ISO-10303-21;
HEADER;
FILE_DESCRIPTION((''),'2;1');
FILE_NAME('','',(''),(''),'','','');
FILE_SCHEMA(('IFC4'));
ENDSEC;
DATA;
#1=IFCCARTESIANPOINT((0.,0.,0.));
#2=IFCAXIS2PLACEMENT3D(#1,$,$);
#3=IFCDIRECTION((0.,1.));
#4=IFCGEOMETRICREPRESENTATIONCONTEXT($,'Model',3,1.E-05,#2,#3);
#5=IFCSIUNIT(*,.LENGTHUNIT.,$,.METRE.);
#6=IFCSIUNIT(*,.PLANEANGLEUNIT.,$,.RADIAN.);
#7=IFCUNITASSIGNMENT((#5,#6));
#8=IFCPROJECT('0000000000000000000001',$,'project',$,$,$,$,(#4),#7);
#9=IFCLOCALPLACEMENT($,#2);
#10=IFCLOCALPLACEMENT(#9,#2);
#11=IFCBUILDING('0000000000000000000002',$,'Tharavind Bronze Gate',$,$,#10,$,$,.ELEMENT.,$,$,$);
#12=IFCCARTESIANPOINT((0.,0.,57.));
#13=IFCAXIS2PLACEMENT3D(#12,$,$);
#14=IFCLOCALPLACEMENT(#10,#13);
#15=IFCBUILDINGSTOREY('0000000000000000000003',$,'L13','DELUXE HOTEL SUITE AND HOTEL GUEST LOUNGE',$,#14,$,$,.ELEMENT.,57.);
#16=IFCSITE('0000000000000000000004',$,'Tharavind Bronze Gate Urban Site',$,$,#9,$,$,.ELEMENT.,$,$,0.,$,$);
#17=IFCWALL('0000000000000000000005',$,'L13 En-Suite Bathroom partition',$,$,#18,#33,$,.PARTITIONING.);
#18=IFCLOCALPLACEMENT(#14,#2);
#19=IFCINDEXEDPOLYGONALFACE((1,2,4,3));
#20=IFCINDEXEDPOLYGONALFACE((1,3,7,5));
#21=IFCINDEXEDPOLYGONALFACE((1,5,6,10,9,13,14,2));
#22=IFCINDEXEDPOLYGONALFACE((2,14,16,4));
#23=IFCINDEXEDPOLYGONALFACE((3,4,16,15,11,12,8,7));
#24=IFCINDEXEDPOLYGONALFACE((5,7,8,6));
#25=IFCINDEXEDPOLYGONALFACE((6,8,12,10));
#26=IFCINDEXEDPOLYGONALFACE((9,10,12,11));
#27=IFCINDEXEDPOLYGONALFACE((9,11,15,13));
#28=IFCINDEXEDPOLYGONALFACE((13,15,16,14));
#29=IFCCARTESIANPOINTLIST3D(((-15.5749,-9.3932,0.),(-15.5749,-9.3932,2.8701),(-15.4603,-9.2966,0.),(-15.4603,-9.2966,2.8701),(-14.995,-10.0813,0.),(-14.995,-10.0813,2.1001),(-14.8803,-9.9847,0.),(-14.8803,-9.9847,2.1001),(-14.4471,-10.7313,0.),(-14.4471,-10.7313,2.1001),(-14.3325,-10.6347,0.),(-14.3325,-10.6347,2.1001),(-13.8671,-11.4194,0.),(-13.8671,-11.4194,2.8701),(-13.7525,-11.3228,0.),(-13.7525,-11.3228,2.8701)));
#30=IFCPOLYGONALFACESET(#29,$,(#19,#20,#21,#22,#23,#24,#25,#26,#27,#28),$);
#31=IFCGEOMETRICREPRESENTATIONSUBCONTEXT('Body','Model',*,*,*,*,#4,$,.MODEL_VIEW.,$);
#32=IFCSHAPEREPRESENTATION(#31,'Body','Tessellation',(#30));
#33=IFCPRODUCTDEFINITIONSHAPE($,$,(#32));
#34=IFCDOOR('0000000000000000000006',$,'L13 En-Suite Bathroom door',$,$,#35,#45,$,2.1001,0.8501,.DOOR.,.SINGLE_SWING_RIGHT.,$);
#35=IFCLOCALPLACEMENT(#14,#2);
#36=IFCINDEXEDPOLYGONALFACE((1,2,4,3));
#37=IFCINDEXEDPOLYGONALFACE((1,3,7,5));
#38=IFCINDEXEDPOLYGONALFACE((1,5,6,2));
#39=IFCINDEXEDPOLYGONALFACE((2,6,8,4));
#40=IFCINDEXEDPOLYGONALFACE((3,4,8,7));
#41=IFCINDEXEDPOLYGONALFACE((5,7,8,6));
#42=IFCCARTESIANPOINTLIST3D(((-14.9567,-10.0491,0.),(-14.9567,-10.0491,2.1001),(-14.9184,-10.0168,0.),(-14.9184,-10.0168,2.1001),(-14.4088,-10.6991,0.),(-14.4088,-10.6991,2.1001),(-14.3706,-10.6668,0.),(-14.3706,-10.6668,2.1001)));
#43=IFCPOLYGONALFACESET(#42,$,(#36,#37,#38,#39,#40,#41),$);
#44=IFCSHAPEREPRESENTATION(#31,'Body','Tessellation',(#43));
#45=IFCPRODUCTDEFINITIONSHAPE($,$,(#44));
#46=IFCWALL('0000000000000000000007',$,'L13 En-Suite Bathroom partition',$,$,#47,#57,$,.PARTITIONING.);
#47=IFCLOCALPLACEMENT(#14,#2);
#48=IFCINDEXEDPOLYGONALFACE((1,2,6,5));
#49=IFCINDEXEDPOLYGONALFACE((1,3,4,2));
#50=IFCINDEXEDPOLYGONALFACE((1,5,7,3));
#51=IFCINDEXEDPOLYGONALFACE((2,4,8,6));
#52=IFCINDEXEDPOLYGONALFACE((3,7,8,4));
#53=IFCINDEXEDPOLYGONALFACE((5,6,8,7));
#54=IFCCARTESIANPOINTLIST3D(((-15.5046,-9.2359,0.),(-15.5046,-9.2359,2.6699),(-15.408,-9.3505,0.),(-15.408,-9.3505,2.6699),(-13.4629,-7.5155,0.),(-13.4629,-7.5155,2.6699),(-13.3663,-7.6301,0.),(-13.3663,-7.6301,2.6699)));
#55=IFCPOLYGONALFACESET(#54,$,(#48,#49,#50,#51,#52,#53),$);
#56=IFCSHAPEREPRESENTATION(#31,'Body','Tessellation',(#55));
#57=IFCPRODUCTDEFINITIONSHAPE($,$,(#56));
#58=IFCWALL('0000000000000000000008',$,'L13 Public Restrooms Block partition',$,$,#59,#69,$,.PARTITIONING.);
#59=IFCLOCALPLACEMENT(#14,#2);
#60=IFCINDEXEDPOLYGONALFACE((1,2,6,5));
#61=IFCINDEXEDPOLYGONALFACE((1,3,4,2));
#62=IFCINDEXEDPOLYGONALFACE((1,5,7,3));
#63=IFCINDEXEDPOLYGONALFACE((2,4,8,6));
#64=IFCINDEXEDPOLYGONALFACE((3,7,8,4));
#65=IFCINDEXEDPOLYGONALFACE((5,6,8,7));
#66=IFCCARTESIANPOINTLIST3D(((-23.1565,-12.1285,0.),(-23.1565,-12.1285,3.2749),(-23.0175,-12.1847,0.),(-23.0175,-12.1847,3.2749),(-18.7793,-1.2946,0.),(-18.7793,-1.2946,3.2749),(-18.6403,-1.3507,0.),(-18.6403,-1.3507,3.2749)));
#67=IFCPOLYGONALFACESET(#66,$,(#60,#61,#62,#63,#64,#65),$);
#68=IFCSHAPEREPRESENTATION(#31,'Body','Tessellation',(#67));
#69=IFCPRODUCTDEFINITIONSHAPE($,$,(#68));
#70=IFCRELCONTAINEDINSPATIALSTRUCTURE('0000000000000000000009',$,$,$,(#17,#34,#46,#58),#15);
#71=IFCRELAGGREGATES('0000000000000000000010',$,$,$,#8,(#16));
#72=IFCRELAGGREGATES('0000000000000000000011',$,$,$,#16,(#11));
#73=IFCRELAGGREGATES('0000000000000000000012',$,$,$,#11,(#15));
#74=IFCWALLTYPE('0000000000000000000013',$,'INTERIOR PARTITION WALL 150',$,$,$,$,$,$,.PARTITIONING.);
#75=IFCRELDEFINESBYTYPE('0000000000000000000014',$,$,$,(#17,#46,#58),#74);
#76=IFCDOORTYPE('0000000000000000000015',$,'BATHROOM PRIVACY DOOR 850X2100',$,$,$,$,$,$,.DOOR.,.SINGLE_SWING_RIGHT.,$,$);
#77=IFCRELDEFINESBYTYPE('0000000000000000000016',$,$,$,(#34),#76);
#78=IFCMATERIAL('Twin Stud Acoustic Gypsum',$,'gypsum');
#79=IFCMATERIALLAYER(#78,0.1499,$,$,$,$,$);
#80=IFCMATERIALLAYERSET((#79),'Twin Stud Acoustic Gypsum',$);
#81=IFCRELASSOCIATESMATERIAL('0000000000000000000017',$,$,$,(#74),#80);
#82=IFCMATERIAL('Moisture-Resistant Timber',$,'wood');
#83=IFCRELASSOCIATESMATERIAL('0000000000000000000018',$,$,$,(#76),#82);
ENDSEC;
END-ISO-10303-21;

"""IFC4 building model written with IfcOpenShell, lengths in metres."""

from ifc_helpers import new_model, si_unit, direction, frame, frame_2d, origin, place, context, subcontext, project, spatial, rectangle, extrude, material, layer, layer_set, type_object, element, fill, save


model = new_model("IFC4")

# Units and contexts
model_context = context("Model", 3, precision=1e-05, world=origin(), true_north=direction((0.0, 1.0)))
body_context = subcontext(model_context, "Body", "Model", "MODEL_VIEW")
ifc_project = project(units=[si_unit("LENGTHUNIT", "METRE"), si_unit("PLANEANGLEUNIT", "RADIAN")], contexts=[model_context])

# Site, building, storey
site_placement = place(None, origin())
site = spatial("IfcSite", under=ifc_project, at=site_placement, Name="Tharavind Bronze Gate Urban Site", CompositionType="ELEMENT", RefElevation=0.0)
building_placement = place(site_placement, origin())
building = spatial("IfcBuilding", under=site, at=building_placement, Name="Tharavind Bronze Gate", CompositionType="ELEMENT")
storey_placement = place(building_placement, frame((0.0, 0.0, 57.0)))
storey = spatial("IfcBuildingStorey", under=building, at=storey_placement, Name="L13", Description="DELUXE HOTEL SUITE AND HOTEL GUEST LOUNGE", CompositionType="ELEMENT", Elevation=57.0)

# Wall, opening, door
ifc_material_1 = material(Name="Twin Stud Acoustic Gypsum", Category="gypsum")
ifc_layer_1 = layer(ifc_material_1, 0.1499)
ifc_layer_set_1 = layer_set([ifc_layer_1], Name="Twin Stud Acoustic Gypsum")
wall_type_1 = type_object("IfcWallType", Name="INTERIOR PARTITION WALL 150", PredefinedType="PARTITIONING", material=ifc_layer_set_1)
wall_1_placement = place(storey_placement, frame((-13.8098, -11.3711, 0.0), z_axis=(0.0, 0.0, 1.0), x_axis=(-0.644479, 0.764622, 0.0)))
wall_1 = element("IfcWall", 1, at=wall_1_placement, inside=storey, type_object=wall_type_1, Name="L13 En-Suite Bathroom partition", PredefinedType="PARTITIONING", context=body_context, shape_type="SweptSolid", body=[
    extrude(rectangle(XDim=2.6499, YDim=0.1499, at=frame_2d((1.325, 0.0))), origin(), (0.0, 0.0, 1.0), 2.8701),
])
opening_placement = place(wall_1_placement, frame((0.8999, 0.0, 0.0)))
opening = element("IfcOpeningElement", 2, at=opening_placement, cuts=wall_1, PredefinedType="OPENING", context=body_context, shape_type="SweptSolid", body=[
    extrude(rectangle(XDim=0.8501, YDim=2.1001, at=frame_2d((0.425, 1.05))), frame((0.0, 0.085, 0.0), z_axis=(0.0, -1.0, 0.0), x_axis=(1.0, 0.0, 0.0)), (0.0, 0.0, 1.0), 0.1699),
])
ifc_material_2 = material(Name="Moisture-Resistant Timber", Category="wood")
door_type = type_object("IfcDoorType", Name="BATHROOM PRIVACY DOOR 850X2100", OperationType="SINGLE_SWING_RIGHT", PredefinedType="DOOR", material=ifc_material_2)
door_placement = place(opening_placement, origin())
door = element("IfcDoor", 3, at=door_placement, inside=storey, type_object=door_type, Name="L13 En-Suite Bathroom door", OperationType="SINGLE_SWING_RIGHT", OverallHeight=2.1001, OverallWidth=0.8501, PredefinedType="DOOR", context=body_context, shape_type="SweptSolid", body=[
    extrude(rectangle(XDim=0.8501, YDim=2.1001, at=frame_2d((0.425, 1.05))), frame((0.0, 0.0249, 0.0), z_axis=(0.0, -1.0, 0.0), x_axis=(1.0, 0.0, 0.0)), (0.0, 0.0, 1.0), 0.05),
])
fill(opening, door)

# Walls
wall_2_placement = place(storey_placement, frame((-15.4563, -9.2932, 0.0), z_axis=(0.0, 0.0, 1.0), x_axis=(0.76471, 0.644375, 0.0)))
element("IfcWall", 4, at=wall_2_placement, inside=storey, type_object=wall_type_1, Name="L13 En-Suite Bathroom partition", PredefinedType="PARTITIONING", context=body_context, shape_type="SweptSolid", body=[
    extrude(rectangle(XDim=2.6699, YDim=0.1499, at=frame_2d((1.335, 0.0))), origin(), (0.0, 0.0, 1.0), 2.6699),
])
wall_3_placement = place(storey_placement, frame((-23.0869, -12.1565, 0.0), z_axis=(0.0, 0.0, 1.0), x_axis=(0.374605, 0.927184, 0.0)))
element("IfcWall", 5, at=wall_3_placement, inside=storey, type_object=wall_type_1, Name="L13 Public Restrooms Block partition", PredefinedType="PARTITIONING", context=body_context, shape_type="SweptSolid", body=[
    extrude(rectangle(XDim=11.6848, YDim=0.1499, at=frame_2d((5.8423, 0.0))), origin(), (0.0, 0.0, 1.0), 3.2749),
])

save(model, "model.ifc")
